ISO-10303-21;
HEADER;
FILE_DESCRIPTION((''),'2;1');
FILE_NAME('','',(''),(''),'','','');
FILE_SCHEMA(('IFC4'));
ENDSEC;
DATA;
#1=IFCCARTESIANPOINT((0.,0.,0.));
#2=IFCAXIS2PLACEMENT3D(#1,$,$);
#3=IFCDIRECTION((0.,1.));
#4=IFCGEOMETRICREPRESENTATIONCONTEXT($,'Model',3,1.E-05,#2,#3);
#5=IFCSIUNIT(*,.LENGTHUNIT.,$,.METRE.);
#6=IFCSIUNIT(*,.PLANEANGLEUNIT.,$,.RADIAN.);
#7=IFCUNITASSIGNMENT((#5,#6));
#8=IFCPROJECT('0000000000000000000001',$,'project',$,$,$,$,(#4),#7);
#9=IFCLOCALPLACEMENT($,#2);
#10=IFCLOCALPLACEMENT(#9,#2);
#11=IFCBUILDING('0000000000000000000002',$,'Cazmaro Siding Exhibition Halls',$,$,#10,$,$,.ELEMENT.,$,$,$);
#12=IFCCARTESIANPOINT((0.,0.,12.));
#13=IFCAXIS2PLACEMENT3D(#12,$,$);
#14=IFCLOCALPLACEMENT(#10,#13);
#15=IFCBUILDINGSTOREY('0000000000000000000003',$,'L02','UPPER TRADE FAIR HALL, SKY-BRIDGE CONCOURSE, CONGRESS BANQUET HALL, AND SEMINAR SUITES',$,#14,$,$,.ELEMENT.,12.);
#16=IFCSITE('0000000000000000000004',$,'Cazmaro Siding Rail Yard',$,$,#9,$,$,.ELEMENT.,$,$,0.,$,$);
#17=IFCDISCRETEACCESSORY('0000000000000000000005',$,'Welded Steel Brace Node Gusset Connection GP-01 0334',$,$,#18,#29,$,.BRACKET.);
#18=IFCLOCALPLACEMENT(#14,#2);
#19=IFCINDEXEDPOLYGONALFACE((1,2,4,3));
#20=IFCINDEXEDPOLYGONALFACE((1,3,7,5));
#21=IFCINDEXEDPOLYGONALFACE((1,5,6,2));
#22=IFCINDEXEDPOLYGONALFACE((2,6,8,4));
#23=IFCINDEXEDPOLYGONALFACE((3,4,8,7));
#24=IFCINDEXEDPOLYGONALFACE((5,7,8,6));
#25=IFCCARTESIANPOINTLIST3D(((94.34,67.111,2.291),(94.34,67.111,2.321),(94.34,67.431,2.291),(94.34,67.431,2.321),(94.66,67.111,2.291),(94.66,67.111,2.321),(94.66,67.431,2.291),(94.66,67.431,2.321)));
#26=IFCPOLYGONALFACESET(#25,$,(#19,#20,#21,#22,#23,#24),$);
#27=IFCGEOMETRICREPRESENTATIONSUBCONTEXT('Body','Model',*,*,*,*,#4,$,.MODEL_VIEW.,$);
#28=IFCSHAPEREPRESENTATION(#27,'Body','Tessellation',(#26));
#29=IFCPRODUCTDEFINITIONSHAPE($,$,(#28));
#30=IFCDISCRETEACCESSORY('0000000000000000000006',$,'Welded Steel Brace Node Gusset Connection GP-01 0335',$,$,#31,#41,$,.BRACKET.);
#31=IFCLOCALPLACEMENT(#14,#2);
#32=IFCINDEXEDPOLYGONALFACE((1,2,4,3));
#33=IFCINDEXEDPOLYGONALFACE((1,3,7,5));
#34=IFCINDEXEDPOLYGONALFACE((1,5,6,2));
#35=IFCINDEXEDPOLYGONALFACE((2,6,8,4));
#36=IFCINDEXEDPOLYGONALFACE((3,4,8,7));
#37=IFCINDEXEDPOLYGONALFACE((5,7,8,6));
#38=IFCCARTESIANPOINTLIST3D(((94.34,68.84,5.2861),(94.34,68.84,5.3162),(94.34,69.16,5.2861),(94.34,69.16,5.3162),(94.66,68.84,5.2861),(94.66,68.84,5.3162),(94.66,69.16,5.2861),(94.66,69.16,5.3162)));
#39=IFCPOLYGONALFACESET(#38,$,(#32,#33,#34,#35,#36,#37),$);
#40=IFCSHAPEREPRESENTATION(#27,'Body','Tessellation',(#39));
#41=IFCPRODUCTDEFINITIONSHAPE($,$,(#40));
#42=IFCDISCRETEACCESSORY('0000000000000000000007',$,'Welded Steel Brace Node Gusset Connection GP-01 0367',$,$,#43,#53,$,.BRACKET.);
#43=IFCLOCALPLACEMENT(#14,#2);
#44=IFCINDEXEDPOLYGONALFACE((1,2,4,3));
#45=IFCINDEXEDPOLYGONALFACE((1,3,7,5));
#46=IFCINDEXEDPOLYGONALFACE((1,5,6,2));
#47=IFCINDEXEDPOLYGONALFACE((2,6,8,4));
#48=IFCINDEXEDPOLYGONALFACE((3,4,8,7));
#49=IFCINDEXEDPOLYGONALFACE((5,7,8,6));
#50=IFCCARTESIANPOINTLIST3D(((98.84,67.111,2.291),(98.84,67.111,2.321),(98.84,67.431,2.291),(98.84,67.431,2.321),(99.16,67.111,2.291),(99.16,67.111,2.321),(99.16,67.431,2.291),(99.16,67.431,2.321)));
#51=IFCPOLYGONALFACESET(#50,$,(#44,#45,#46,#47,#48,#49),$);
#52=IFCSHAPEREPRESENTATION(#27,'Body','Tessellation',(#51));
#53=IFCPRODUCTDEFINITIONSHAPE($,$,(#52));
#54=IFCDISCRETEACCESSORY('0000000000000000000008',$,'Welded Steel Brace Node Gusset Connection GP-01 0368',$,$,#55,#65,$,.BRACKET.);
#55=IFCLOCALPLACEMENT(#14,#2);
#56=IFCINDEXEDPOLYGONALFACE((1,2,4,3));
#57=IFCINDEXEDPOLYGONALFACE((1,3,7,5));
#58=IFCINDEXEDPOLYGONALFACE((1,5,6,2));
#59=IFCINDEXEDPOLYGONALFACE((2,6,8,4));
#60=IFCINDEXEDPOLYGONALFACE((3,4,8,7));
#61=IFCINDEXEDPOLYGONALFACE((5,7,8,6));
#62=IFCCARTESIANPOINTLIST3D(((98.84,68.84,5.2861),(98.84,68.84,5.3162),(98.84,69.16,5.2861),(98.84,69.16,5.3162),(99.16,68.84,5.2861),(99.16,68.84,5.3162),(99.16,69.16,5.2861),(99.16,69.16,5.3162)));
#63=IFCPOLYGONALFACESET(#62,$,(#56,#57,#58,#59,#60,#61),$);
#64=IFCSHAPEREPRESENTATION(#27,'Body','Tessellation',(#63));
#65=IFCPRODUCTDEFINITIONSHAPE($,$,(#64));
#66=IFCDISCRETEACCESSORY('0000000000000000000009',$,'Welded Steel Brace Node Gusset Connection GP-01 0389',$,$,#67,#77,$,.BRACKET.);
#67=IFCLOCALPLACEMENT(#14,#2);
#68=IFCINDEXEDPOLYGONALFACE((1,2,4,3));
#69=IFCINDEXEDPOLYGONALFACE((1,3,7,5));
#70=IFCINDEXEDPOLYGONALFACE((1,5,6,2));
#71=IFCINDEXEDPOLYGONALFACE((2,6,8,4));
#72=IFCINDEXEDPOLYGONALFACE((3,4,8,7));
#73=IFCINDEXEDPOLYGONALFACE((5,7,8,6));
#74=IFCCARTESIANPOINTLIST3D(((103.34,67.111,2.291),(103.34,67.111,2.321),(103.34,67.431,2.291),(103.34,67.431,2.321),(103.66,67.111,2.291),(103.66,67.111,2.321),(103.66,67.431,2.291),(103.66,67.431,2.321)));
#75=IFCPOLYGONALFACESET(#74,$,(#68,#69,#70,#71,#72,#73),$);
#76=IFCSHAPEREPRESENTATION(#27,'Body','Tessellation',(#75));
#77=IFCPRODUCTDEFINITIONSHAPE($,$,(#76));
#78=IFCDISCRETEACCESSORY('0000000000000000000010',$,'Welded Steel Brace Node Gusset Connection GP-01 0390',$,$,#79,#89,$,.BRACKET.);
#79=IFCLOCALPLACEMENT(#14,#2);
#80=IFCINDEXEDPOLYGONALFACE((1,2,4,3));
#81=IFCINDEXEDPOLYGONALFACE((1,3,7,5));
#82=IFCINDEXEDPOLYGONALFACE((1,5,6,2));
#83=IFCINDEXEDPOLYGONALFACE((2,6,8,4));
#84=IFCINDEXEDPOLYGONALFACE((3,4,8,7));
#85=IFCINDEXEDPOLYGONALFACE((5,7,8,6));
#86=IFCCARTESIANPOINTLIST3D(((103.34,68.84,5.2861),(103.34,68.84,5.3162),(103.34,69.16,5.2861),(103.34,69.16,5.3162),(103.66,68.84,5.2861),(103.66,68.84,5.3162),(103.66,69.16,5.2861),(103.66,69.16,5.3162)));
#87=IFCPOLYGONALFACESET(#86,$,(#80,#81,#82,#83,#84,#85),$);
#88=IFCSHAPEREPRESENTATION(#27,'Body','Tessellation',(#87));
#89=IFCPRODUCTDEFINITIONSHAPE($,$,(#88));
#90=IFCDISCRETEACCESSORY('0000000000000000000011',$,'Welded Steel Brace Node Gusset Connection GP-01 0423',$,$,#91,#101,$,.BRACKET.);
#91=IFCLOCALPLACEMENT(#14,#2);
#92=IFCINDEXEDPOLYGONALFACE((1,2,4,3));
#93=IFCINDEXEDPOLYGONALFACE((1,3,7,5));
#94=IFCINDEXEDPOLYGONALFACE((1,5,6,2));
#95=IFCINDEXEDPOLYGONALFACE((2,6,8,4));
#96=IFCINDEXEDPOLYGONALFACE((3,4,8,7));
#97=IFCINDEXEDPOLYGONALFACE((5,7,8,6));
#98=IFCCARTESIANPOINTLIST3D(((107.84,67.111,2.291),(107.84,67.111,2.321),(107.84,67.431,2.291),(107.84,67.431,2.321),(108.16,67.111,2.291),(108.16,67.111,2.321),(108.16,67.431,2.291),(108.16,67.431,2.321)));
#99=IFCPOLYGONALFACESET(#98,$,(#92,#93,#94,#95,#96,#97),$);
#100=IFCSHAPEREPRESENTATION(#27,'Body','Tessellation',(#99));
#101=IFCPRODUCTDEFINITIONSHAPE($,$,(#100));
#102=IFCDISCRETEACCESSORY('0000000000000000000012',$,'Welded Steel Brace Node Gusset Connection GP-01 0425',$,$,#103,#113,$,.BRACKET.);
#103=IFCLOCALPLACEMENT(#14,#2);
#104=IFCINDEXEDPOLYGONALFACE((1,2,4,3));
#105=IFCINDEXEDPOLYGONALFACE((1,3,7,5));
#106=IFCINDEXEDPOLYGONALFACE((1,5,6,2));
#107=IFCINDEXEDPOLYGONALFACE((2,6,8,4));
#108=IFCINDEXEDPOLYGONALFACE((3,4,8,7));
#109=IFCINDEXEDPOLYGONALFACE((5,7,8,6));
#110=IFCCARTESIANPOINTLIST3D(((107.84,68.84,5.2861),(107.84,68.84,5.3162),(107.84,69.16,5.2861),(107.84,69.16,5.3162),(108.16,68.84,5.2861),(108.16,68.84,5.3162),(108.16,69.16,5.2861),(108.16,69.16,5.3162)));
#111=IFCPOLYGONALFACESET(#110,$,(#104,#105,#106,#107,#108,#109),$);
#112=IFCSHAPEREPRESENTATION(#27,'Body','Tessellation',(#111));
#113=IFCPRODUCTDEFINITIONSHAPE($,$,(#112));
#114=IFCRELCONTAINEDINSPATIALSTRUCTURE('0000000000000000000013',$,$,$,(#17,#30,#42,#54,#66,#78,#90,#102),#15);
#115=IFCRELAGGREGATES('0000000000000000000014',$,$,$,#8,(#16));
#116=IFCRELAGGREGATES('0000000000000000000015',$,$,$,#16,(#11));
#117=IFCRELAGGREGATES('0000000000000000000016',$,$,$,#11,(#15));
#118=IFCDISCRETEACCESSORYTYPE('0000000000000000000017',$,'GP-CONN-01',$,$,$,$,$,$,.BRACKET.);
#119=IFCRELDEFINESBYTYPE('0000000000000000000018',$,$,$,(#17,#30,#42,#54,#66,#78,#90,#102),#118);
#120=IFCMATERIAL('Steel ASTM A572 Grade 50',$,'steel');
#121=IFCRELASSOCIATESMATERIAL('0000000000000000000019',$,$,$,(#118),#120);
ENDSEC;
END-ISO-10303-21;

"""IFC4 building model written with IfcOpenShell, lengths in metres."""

from ifc_helpers import new_model, si_unit, direction, frame, origin, origin_2d, place, context, subcontext, project, spatial, rectangle, extrude, material, type_object, element, save


model = new_model("IFC4")

# Units and contexts
model_context = context("Model", 3, precision=1e-05, world=origin(), true_north=direction((0.0, 1.0)))
body_context = subcontext(model_context, "Body", "Model", "MODEL_VIEW")
ifc_project = project(units=[si_unit("LENGTHUNIT", "METRE"), si_unit("PLANEANGLEUNIT", "RADIAN")], contexts=[model_context])

# Site, building, storey
site_placement = place(None, origin())
site = spatial("IfcSite", under=ifc_project, at=site_placement, Name="Cazmaro Siding Rail Yard", CompositionType="ELEMENT", RefElevation=0.0)
building_placement = place(site_placement, origin())
building = spatial("IfcBuilding", under=site, at=building_placement, Name="Cazmaro Siding Exhibition Halls", CompositionType="ELEMENT")
storey_placement = place(building_placement, frame((0.0, 0.0, 12.0)))
storey = spatial("IfcBuildingStorey", under=building, at=storey_placement, Name="L02", Description="UPPER TRADE FAIR HALL, SKY-BRIDGE CONCOURSE, CONGRESS BANQUET HALL, AND SEMINAR SUITES", CompositionType="ELEMENT", Elevation=12.0)

# Discrete accessories
ifc_material_1 = material(Name="Steel ASTM A572 Grade 50", Category="steel")
discrete_accessory_type = type_object("IfcDiscreteAccessoryType", Name="GP-CONN-01", PredefinedType="BRACKET", material=ifc_material_1)
for number, where, z_axis, x_axis, name in (
    (1, (94.5, 67.271, 2.291), (0.0, 0.0, 1.0), (1.0, 0.0, 0.0), "Welded Steel Brace Node Gusset Connection GP-01 0334"),
    (2, (94.5, 69.0, 5.2861), (0.0, 0.0, 1.0), (1.0, 0.0, 0.0), "Welded Steel Brace Node Gusset Connection GP-01 0335"),
    (3, (99.0, 67.271, 2.291), (0.0, 0.0, 1.0), (1.0, 0.0, 0.0), "Welded Steel Brace Node Gusset Connection GP-01 0367"),
    (4, (99.0, 69.0, 5.2861), (0.0, 0.0, 1.0), (1.0, 0.0, 0.0), "Welded Steel Brace Node Gusset Connection GP-01 0368"),
    (5, (103.5, 67.271, 2.291), (0.0, 0.0, 1.0), (1.0, 0.0, 0.0), "Welded Steel Brace Node Gusset Connection GP-01 0389"),
    (6, (103.5, 69.0, 5.2861), (0.0, 0.0, 1.0), (1.0, 0.0, 0.0), "Welded Steel Brace Node Gusset Connection GP-01 0390"),
    (7, (108.0, 67.271, 2.291), (0.0, 0.0, 1.0), (1.0, 0.0, 0.0), "Welded Steel Brace Node Gusset Connection GP-01 0423"),
    (8, (108.0, 69.0, 5.2861), (0.0, 0.0, 1.0), (1.0, 0.0, 0.0), "Welded Steel Brace Node Gusset Connection GP-01 0425"),
):
    element("IfcDiscreteAccessory", number, at=place(storey_placement, frame(where, z_axis=z_axis, x_axis=x_axis)), inside=storey, type_object=discrete_accessory_type, Name=name, PredefinedType="BRACKET", context=body_context, shape_type="SweptSolid", body=[
        extrude(rectangle(XDim=0.3201, YDim=0.3201, at=origin_2d()), origin(), (0.0, 0.0, 1.0), 0.03),
    ])

save(model, "model.ifc")
